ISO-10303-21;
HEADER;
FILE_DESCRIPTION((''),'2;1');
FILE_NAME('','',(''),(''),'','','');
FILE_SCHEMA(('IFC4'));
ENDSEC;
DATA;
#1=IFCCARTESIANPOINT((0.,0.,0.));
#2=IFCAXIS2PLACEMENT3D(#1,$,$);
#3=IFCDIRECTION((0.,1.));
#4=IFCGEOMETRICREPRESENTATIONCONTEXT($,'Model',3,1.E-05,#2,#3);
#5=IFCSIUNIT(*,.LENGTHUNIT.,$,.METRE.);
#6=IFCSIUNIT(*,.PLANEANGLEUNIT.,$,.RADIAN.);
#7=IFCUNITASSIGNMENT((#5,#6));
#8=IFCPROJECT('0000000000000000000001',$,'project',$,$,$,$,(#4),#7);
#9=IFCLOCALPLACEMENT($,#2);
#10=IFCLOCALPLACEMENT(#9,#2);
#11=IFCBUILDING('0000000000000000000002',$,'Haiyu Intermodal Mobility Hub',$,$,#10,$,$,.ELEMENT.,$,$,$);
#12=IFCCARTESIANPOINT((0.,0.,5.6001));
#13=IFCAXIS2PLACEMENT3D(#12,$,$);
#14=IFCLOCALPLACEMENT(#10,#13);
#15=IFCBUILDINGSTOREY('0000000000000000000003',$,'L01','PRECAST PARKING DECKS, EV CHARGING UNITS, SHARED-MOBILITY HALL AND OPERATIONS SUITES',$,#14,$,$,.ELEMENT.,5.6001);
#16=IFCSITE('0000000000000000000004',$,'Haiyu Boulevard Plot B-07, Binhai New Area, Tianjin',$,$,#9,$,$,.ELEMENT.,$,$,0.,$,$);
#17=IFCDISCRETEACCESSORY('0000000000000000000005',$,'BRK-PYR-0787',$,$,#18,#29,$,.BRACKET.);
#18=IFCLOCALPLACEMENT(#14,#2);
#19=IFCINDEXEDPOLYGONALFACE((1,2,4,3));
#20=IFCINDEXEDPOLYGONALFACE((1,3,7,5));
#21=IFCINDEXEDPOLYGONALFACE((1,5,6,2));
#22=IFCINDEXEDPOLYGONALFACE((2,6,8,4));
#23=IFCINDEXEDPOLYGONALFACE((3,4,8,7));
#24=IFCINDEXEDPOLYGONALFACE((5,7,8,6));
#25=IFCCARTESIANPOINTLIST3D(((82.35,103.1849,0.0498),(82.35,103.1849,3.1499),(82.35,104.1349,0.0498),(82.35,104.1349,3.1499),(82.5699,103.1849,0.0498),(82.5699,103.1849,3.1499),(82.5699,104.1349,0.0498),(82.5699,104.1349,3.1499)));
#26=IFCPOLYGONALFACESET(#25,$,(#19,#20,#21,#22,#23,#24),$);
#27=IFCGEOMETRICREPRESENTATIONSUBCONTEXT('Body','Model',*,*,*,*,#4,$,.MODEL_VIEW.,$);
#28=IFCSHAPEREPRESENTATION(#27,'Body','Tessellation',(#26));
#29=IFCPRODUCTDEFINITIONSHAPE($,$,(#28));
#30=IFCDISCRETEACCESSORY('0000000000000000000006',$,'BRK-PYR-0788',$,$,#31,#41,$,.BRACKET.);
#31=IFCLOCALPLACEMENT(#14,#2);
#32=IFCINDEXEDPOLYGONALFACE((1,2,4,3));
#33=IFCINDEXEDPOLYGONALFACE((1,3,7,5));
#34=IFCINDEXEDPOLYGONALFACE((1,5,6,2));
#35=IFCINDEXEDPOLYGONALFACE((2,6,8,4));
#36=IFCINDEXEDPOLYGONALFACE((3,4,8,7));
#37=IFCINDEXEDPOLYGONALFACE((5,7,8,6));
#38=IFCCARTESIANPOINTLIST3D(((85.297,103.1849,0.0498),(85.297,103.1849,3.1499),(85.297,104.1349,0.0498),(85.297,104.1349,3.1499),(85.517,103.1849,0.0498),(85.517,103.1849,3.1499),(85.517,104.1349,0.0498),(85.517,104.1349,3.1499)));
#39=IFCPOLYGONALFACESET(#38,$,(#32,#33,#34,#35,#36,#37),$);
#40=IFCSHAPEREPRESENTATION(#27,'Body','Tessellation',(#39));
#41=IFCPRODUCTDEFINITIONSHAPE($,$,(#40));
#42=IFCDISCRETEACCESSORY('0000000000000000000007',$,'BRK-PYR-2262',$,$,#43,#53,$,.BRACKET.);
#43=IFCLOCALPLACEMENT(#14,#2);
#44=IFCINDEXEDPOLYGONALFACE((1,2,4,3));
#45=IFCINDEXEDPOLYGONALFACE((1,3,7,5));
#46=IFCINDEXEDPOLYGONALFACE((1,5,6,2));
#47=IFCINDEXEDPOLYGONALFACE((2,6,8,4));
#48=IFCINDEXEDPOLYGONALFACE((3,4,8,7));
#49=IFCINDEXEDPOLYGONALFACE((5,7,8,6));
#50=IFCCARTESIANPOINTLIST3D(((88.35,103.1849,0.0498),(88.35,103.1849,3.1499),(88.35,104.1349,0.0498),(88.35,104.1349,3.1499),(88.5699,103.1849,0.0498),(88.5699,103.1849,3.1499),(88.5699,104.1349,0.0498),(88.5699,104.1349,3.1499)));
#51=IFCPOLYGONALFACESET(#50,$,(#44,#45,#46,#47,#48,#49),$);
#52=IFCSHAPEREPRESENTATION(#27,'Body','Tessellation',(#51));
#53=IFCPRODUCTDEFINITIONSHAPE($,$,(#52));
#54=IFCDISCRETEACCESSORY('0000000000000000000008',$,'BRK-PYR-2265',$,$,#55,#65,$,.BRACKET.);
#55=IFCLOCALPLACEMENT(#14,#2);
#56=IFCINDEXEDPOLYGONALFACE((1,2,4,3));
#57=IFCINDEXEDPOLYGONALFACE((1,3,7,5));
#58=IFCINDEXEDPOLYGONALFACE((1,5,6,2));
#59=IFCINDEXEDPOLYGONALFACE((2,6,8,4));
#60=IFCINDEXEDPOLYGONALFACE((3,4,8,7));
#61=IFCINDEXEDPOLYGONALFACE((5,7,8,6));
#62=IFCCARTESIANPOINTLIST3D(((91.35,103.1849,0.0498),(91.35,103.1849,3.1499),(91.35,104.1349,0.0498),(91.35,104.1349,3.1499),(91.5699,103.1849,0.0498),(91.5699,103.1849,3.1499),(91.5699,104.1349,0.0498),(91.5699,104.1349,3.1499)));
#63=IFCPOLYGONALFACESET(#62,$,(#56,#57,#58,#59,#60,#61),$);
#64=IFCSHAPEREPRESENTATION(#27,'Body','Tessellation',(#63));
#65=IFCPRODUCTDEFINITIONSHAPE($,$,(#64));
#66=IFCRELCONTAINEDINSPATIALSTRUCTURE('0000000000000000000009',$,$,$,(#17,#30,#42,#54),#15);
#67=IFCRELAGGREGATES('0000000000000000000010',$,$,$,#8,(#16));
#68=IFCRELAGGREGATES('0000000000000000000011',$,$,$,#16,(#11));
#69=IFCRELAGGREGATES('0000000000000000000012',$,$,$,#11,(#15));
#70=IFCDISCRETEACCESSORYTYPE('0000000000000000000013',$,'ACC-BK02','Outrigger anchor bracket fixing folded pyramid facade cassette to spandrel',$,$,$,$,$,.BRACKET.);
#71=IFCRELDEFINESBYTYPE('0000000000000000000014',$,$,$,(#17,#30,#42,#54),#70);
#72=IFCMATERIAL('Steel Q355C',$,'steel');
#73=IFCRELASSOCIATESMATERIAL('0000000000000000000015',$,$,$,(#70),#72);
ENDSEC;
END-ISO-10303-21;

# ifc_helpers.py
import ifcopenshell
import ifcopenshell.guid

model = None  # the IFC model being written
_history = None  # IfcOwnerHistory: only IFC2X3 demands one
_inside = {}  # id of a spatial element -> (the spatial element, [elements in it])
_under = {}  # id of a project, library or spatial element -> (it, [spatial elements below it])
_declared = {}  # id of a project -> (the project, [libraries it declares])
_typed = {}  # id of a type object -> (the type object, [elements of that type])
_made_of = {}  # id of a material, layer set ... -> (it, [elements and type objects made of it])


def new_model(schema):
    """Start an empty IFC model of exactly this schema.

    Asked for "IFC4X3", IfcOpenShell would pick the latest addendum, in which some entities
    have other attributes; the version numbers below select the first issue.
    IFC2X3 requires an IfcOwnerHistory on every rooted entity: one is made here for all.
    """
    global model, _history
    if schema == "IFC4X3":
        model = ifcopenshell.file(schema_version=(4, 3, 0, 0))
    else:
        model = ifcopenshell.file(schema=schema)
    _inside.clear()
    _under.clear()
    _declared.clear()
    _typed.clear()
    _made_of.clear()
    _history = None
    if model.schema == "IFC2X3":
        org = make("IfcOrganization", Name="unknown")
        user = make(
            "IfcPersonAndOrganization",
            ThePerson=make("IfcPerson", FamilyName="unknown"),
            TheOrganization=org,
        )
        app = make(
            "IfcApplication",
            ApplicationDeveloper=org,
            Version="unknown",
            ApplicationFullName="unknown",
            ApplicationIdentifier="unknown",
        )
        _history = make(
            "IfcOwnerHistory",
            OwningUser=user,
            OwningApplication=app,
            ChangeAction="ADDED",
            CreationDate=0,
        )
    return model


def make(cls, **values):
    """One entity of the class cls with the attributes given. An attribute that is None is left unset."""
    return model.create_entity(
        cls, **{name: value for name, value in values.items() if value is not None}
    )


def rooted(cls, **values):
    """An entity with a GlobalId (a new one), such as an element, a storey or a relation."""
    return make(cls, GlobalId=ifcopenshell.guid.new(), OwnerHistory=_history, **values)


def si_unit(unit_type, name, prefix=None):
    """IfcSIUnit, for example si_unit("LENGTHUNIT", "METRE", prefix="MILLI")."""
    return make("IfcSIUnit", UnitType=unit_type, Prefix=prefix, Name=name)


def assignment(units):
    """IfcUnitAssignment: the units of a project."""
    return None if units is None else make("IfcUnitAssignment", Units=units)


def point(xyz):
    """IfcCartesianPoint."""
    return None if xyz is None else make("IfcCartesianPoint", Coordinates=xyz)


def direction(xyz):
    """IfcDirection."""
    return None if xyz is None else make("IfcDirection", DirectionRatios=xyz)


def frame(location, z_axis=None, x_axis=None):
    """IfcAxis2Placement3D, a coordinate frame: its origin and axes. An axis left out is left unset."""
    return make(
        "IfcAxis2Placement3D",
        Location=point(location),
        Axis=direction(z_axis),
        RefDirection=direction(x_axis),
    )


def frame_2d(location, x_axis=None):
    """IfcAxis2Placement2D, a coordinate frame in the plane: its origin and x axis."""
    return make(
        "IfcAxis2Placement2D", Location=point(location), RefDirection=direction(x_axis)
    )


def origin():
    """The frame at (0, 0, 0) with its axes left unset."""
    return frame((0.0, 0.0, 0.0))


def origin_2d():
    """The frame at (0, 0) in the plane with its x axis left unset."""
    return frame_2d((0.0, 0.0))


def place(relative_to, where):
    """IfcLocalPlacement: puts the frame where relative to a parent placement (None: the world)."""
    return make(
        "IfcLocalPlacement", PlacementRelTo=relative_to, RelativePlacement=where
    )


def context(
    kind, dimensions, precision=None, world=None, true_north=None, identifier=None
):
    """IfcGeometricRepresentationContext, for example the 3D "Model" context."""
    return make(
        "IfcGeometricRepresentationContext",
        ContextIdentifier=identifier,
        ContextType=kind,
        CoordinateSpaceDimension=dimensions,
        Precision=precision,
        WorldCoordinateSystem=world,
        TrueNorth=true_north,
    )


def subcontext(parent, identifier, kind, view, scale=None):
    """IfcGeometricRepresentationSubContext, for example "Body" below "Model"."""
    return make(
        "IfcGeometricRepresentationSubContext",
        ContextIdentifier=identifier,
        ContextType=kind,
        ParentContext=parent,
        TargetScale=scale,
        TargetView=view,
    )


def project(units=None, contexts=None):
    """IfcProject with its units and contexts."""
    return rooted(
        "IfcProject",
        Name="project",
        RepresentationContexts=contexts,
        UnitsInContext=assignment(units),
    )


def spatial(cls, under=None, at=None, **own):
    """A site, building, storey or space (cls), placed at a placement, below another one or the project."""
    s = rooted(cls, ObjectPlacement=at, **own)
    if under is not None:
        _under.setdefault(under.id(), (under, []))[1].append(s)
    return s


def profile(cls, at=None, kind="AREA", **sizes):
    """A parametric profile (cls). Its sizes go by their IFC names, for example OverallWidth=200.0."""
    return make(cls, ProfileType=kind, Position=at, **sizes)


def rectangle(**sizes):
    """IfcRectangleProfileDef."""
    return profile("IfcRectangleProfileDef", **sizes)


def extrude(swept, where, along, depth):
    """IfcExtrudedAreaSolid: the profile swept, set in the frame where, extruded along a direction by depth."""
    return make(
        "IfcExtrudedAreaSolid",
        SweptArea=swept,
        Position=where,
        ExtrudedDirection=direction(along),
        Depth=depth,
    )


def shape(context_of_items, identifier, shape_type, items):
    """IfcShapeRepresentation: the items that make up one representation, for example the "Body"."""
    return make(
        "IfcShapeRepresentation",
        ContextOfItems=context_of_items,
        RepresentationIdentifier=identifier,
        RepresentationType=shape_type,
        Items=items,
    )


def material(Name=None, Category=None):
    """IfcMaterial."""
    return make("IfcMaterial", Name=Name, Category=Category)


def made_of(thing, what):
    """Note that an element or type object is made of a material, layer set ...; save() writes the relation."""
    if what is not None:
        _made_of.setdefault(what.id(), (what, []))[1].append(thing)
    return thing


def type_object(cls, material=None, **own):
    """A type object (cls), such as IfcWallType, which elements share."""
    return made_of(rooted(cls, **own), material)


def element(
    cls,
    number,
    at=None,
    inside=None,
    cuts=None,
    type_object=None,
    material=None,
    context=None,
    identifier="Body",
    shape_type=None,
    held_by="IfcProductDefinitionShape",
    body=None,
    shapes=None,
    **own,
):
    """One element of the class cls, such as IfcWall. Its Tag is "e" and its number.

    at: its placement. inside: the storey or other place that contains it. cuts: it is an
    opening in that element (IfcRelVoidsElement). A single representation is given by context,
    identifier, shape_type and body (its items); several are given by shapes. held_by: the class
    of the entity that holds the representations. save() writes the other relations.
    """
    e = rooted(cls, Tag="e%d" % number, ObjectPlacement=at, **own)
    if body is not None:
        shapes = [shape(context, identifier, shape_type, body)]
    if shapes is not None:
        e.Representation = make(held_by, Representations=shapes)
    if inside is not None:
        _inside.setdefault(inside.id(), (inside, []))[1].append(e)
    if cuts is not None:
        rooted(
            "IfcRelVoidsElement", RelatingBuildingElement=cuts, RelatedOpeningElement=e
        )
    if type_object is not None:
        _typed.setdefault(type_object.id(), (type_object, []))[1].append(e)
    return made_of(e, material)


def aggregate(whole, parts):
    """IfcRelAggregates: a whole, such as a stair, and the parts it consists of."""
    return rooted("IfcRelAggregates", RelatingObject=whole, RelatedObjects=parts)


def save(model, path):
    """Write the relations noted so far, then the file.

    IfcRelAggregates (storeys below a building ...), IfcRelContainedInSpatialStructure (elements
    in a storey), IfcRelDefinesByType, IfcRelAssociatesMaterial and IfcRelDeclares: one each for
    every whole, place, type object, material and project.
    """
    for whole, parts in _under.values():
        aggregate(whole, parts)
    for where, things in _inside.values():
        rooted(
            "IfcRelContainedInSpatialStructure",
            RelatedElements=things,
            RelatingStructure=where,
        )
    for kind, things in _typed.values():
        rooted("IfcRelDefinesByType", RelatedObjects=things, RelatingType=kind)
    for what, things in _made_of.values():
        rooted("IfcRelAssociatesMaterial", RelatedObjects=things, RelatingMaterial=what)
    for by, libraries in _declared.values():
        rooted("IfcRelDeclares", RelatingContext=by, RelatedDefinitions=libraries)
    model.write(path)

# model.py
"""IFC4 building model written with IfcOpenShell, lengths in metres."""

from ifc_helpers import new_model, si_unit, direction, frame, origin, origin_2d, place, context, subcontext, project, spatial, rectangle, extrude, material, type_object, element, save


model = new_model("IFC4")

# Units and contexts
model_context = context("Model", 3, precision=1e-05, world=origin(), true_north=direction((0.0, 1.0)))
body_context = subcontext(model_context, "Body", "Model", "MODEL_VIEW")
ifc_project = project(units=[si_unit("LENGTHUNIT", "METRE"), si_unit("PLANEANGLEUNIT", "RADIAN")], contexts=[model_context])

# Site, building, storey
site_placement = place(None, origin())
site = spatial("IfcSite", under=ifc_project, at=site_placement, Name="Haiyu Boulevard Plot B-07, Binhai New Area, Tianjin", CompositionType="ELEMENT", RefElevation=0.0)
building_placement = place(site_placement, origin())
building = spatial("IfcBuilding", under=site, at=building_placement, Name="Haiyu Intermodal Mobility Hub", CompositionType="ELEMENT")
storey_placement = place(building_placement, frame((0.0, 0.0, 5.6001)))
storey = spatial("IfcBuildingStorey", under=building, at=storey_placement, Name="L01", Description="PRECAST PARKING DECKS, EV CHARGING UNITS, SHARED-MOBILITY HALL AND OPERATIONS SUITES", CompositionType="ELEMENT", Elevation=5.6001)

# Shared definitions
ifc_material_1 = material(Name="Steel Q355C", Category="steel")

# Discrete accessories
discrete_accessory_type = type_object("IfcDiscreteAccessoryType", Name="ACC-BK02", Description="Outrigger anchor bracket fixing folded pyramid facade cassette to spandrel", PredefinedType="BRACKET", material=ifc_material_1)
for number, where, z_axis, x_axis, name in (
    (1, (82.46, 103.6599, 0.0498), (0.0, 0.0, 1.0), (1.0, 0.0, 0.0), "BRK-PYR-0787"),
    (2, (85.407, 103.6599, 0.0498), (0.0, 0.0, 1.0), (1.0, 0.0, 0.0), "BRK-PYR-0788"),
    (3, (88.46, 103.6599, 0.0498), (0.0, 0.0, 1.0), (1.0, 0.0, 0.0), "BRK-PYR-2262"),
    (4, (91.46, 103.6599, 0.0498), (0.0, 0.0, 1.0), (1.0, 0.0, 0.0), "BRK-PYR-2265"),
):
    element("IfcDiscreteAccessory", number, at=place(storey_placement, frame(where, z_axis=z_axis, x_axis=x_axis)), inside=storey, type_object=discrete_accessory_type, Name=name, PredefinedType="BRACKET", context=body_context, shape_type="SweptSolid", body=[
        extrude(rectangle(XDim=0.22, YDim=0.95, at=origin_2d()), origin(), (0.0, 0.0, 1.0), 3.1001),
    ])

save(model, "model.ifc")
